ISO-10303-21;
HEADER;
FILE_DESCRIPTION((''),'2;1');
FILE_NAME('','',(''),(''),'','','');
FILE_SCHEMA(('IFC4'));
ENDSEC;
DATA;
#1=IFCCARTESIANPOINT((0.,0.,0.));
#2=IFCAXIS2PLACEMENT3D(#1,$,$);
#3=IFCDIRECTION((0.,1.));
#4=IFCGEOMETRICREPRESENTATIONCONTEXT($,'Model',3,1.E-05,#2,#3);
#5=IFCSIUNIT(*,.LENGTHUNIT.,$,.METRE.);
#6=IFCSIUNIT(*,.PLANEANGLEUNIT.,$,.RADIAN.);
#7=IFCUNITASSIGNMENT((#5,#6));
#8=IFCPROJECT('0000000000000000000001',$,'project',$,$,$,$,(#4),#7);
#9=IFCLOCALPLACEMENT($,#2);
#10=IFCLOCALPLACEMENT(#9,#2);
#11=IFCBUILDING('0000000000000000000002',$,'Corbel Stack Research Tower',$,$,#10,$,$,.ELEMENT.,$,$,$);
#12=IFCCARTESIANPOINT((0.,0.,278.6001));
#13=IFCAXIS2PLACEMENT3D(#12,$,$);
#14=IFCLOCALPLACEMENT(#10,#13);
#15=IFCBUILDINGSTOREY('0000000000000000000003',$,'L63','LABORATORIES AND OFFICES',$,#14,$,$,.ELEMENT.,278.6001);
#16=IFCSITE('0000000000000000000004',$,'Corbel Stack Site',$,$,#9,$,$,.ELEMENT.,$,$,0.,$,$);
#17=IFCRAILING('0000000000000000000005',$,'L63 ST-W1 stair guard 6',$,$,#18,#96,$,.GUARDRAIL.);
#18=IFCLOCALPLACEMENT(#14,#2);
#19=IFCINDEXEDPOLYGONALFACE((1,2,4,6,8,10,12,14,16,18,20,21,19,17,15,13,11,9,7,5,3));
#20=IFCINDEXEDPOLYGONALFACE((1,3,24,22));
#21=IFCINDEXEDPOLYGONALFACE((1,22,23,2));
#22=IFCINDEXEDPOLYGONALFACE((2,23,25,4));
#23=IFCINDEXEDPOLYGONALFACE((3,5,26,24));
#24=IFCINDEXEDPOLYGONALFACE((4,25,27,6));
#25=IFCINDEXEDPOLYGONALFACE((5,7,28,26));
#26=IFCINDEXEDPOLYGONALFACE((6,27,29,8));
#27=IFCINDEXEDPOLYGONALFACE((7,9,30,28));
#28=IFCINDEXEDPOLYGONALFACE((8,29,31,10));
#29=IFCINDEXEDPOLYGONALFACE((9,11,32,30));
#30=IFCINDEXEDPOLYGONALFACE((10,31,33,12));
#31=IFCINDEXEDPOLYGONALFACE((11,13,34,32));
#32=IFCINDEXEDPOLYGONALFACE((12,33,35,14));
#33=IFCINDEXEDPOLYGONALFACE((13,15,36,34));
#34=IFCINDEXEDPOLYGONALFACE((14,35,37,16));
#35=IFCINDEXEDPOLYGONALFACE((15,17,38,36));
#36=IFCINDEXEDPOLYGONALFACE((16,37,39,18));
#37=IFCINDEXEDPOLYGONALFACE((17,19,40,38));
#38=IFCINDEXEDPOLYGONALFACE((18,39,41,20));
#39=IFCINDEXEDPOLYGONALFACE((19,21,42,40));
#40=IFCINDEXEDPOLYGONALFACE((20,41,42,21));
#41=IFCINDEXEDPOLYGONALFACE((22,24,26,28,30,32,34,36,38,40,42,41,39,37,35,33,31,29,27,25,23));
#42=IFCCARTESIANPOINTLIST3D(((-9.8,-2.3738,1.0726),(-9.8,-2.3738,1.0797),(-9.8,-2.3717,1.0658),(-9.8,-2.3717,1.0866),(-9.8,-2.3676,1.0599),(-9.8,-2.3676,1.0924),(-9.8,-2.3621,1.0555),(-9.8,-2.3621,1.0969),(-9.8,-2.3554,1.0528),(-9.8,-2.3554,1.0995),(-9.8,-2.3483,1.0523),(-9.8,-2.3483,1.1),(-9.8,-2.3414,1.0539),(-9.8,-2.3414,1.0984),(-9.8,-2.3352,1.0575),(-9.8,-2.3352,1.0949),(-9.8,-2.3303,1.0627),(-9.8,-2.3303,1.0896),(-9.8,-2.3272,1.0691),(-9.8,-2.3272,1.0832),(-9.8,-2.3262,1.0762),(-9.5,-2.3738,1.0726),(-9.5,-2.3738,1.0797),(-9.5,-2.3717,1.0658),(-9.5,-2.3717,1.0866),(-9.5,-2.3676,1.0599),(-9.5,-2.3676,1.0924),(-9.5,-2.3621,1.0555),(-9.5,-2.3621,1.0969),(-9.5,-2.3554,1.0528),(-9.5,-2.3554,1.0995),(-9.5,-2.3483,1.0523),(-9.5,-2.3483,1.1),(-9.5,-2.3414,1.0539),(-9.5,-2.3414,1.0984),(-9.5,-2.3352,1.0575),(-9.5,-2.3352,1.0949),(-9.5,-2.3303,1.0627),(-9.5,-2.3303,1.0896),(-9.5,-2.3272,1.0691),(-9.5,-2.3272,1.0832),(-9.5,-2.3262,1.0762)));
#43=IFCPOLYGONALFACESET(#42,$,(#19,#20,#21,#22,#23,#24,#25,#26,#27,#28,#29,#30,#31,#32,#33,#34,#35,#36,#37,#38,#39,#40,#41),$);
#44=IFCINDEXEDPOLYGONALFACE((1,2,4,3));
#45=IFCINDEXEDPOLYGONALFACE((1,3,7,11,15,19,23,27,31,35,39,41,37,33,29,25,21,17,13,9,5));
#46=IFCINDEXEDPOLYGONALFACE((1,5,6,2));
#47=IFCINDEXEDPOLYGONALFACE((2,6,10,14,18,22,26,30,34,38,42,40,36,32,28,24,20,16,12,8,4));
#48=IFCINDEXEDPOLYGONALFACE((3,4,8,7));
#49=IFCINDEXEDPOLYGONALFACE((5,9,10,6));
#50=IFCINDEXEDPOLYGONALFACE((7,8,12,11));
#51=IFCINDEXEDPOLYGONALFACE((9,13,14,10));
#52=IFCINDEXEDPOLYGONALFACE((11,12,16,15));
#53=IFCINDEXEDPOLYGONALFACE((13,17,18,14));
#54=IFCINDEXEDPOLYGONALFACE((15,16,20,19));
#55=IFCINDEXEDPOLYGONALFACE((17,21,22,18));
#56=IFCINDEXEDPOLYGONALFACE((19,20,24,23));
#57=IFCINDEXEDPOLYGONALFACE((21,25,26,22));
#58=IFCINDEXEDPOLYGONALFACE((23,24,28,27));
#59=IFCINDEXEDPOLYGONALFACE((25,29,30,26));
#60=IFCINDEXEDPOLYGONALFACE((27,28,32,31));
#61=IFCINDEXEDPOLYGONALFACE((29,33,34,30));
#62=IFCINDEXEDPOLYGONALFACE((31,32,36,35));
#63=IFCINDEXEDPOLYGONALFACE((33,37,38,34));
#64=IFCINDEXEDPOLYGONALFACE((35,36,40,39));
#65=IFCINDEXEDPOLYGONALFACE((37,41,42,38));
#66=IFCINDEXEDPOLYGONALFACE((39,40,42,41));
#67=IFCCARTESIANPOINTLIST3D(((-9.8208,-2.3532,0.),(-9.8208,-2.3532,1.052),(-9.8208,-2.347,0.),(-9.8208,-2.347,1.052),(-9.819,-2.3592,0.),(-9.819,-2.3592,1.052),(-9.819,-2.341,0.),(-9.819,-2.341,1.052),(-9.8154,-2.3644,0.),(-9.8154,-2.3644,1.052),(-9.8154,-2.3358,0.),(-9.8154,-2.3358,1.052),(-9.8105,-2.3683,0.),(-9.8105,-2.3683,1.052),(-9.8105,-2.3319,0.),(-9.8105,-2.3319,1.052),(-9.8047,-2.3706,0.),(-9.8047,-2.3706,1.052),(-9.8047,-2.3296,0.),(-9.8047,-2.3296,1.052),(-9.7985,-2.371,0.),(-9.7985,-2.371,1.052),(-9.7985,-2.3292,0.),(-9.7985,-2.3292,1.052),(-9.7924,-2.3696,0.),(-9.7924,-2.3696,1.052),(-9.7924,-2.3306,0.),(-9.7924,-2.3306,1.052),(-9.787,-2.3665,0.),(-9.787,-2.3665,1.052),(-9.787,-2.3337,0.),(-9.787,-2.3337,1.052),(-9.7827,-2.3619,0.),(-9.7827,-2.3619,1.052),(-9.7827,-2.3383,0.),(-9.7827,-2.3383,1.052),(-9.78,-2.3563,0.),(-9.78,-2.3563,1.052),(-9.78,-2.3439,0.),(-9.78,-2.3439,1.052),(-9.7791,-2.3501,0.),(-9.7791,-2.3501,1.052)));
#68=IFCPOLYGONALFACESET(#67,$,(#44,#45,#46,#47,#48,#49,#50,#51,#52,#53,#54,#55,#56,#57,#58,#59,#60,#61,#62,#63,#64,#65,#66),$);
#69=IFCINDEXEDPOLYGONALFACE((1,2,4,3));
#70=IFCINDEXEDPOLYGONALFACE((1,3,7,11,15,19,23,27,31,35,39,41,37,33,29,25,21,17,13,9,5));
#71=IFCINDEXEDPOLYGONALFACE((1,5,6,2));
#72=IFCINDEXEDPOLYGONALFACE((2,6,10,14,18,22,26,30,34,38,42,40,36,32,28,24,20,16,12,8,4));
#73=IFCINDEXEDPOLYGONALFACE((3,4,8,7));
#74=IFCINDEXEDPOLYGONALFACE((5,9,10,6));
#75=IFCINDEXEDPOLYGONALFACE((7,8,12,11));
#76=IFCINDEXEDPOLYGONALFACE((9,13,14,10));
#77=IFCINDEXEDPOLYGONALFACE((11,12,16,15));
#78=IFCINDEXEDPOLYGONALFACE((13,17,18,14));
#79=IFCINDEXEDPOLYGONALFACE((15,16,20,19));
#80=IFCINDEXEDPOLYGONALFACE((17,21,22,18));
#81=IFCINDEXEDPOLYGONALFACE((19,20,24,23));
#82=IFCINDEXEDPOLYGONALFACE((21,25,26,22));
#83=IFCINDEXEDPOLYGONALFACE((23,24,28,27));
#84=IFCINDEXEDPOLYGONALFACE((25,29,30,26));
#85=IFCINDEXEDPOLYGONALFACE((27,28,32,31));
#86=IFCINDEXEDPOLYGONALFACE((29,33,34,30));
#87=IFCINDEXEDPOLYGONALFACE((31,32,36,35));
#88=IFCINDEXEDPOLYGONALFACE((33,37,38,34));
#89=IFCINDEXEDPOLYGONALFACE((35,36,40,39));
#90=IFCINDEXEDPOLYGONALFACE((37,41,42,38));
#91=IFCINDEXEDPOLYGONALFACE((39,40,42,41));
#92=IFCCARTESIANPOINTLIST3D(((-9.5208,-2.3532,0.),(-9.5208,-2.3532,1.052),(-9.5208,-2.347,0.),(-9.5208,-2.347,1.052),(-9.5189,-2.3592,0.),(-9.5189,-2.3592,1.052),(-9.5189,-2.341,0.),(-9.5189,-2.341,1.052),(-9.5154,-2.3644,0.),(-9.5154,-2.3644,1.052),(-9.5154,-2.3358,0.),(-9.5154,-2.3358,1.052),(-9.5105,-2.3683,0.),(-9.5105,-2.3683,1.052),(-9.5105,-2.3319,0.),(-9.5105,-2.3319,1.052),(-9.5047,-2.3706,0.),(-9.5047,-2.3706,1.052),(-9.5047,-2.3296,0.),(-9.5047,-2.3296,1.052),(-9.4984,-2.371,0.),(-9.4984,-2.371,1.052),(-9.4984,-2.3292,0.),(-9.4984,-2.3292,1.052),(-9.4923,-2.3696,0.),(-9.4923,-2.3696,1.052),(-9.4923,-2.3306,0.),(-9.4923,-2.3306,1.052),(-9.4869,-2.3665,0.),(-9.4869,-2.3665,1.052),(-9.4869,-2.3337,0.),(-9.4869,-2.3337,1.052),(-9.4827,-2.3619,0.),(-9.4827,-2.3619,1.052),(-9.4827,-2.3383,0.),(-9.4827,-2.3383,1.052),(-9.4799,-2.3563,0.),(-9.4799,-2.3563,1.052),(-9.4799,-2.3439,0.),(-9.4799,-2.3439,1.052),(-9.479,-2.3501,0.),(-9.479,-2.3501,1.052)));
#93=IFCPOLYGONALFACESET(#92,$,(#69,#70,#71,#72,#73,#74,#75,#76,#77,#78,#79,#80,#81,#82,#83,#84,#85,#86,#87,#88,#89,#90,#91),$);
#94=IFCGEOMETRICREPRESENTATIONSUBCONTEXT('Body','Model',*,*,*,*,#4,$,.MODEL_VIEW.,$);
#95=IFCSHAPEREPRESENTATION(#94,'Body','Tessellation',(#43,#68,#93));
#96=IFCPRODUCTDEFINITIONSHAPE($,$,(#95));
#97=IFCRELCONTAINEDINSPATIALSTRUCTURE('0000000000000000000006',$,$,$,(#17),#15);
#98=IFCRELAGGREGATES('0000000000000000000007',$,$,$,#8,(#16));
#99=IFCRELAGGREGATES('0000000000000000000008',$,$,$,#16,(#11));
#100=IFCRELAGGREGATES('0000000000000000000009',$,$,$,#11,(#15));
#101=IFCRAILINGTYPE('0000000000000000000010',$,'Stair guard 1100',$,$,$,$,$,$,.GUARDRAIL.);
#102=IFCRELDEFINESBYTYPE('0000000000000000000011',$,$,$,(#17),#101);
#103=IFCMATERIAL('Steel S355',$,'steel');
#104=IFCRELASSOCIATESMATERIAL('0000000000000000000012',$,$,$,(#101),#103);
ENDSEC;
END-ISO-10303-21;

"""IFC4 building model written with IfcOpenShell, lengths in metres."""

from ifc_helpers import new_model, si_unit, direction, frame, origin, origin_2d, place, context, subcontext, project, spatial, circle, extrude, material, type_object, element, save


model = new_model("IFC4")

# Units and contexts
model_context = context("Model", 3, precision=1e-05, world=origin(), true_north=direction((0.0, 1.0)))
body_context = subcontext(model_context, "Body", "Model", "MODEL_VIEW")
ifc_project = project(units=[si_unit("LENGTHUNIT", "METRE"), si_unit("PLANEANGLEUNIT", "RADIAN")], contexts=[model_context])

# Site, building, storey
site_placement = place(None, origin())
site = spatial("IfcSite", under=ifc_project, at=site_placement, Name="Corbel Stack Site", CompositionType="ELEMENT", RefElevation=0.0)
building_placement = place(site_placement, origin())
building = spatial("IfcBuilding", under=site, at=building_placement, Name="Corbel Stack Research Tower", CompositionType="ELEMENT")
storey_placement = place(building_placement, frame((0.0, 0.0, 278.6001)))
storey = spatial("IfcBuildingStorey", under=building, at=storey_placement, Name="L63", Description="LABORATORIES AND OFFICES", CompositionType="ELEMENT", Elevation=278.6001)

# Railing
ifc_material_1 = material(Name="Steel S355", Category="steel")
railing_type_1 = type_object("IfcRailingType", Name="Stair guard 1100", PredefinedType="GUARDRAIL", material=ifc_material_1)
for number, where, name in (
    (1, (-9.8, -2.3501, 0.0), "L63 ST-W1 stair guard 6"),
):
    element("IfcRailing", number, at=place(storey_placement, frame(where)), inside=storey, type_object=railing_type_1, Name=name, PredefinedType="GUARDRAIL", context=body_context, shape_type="SweptSolid", body=[
        extrude(circle(Radius=0.0239, at=origin_2d()), frame((0.0, 0.0, 1.0762), z_axis=(1.0, 0.0, 0.0), x_axis=(0.0, 1.0, 0.0)), (0.0, 0.0, 1.0), 0.3),
        extrude(circle(Radius=0.021, at=origin_2d()), origin(), (0.0, 0.0, 1.0), 1.052),
        extrude(circle(Radius=0.021, at=origin_2d()), frame((0.3, 0.0, 0.0)), (0.0, 0.0, 1.0), 1.052),
    ])

save(model, "model.ifc")
